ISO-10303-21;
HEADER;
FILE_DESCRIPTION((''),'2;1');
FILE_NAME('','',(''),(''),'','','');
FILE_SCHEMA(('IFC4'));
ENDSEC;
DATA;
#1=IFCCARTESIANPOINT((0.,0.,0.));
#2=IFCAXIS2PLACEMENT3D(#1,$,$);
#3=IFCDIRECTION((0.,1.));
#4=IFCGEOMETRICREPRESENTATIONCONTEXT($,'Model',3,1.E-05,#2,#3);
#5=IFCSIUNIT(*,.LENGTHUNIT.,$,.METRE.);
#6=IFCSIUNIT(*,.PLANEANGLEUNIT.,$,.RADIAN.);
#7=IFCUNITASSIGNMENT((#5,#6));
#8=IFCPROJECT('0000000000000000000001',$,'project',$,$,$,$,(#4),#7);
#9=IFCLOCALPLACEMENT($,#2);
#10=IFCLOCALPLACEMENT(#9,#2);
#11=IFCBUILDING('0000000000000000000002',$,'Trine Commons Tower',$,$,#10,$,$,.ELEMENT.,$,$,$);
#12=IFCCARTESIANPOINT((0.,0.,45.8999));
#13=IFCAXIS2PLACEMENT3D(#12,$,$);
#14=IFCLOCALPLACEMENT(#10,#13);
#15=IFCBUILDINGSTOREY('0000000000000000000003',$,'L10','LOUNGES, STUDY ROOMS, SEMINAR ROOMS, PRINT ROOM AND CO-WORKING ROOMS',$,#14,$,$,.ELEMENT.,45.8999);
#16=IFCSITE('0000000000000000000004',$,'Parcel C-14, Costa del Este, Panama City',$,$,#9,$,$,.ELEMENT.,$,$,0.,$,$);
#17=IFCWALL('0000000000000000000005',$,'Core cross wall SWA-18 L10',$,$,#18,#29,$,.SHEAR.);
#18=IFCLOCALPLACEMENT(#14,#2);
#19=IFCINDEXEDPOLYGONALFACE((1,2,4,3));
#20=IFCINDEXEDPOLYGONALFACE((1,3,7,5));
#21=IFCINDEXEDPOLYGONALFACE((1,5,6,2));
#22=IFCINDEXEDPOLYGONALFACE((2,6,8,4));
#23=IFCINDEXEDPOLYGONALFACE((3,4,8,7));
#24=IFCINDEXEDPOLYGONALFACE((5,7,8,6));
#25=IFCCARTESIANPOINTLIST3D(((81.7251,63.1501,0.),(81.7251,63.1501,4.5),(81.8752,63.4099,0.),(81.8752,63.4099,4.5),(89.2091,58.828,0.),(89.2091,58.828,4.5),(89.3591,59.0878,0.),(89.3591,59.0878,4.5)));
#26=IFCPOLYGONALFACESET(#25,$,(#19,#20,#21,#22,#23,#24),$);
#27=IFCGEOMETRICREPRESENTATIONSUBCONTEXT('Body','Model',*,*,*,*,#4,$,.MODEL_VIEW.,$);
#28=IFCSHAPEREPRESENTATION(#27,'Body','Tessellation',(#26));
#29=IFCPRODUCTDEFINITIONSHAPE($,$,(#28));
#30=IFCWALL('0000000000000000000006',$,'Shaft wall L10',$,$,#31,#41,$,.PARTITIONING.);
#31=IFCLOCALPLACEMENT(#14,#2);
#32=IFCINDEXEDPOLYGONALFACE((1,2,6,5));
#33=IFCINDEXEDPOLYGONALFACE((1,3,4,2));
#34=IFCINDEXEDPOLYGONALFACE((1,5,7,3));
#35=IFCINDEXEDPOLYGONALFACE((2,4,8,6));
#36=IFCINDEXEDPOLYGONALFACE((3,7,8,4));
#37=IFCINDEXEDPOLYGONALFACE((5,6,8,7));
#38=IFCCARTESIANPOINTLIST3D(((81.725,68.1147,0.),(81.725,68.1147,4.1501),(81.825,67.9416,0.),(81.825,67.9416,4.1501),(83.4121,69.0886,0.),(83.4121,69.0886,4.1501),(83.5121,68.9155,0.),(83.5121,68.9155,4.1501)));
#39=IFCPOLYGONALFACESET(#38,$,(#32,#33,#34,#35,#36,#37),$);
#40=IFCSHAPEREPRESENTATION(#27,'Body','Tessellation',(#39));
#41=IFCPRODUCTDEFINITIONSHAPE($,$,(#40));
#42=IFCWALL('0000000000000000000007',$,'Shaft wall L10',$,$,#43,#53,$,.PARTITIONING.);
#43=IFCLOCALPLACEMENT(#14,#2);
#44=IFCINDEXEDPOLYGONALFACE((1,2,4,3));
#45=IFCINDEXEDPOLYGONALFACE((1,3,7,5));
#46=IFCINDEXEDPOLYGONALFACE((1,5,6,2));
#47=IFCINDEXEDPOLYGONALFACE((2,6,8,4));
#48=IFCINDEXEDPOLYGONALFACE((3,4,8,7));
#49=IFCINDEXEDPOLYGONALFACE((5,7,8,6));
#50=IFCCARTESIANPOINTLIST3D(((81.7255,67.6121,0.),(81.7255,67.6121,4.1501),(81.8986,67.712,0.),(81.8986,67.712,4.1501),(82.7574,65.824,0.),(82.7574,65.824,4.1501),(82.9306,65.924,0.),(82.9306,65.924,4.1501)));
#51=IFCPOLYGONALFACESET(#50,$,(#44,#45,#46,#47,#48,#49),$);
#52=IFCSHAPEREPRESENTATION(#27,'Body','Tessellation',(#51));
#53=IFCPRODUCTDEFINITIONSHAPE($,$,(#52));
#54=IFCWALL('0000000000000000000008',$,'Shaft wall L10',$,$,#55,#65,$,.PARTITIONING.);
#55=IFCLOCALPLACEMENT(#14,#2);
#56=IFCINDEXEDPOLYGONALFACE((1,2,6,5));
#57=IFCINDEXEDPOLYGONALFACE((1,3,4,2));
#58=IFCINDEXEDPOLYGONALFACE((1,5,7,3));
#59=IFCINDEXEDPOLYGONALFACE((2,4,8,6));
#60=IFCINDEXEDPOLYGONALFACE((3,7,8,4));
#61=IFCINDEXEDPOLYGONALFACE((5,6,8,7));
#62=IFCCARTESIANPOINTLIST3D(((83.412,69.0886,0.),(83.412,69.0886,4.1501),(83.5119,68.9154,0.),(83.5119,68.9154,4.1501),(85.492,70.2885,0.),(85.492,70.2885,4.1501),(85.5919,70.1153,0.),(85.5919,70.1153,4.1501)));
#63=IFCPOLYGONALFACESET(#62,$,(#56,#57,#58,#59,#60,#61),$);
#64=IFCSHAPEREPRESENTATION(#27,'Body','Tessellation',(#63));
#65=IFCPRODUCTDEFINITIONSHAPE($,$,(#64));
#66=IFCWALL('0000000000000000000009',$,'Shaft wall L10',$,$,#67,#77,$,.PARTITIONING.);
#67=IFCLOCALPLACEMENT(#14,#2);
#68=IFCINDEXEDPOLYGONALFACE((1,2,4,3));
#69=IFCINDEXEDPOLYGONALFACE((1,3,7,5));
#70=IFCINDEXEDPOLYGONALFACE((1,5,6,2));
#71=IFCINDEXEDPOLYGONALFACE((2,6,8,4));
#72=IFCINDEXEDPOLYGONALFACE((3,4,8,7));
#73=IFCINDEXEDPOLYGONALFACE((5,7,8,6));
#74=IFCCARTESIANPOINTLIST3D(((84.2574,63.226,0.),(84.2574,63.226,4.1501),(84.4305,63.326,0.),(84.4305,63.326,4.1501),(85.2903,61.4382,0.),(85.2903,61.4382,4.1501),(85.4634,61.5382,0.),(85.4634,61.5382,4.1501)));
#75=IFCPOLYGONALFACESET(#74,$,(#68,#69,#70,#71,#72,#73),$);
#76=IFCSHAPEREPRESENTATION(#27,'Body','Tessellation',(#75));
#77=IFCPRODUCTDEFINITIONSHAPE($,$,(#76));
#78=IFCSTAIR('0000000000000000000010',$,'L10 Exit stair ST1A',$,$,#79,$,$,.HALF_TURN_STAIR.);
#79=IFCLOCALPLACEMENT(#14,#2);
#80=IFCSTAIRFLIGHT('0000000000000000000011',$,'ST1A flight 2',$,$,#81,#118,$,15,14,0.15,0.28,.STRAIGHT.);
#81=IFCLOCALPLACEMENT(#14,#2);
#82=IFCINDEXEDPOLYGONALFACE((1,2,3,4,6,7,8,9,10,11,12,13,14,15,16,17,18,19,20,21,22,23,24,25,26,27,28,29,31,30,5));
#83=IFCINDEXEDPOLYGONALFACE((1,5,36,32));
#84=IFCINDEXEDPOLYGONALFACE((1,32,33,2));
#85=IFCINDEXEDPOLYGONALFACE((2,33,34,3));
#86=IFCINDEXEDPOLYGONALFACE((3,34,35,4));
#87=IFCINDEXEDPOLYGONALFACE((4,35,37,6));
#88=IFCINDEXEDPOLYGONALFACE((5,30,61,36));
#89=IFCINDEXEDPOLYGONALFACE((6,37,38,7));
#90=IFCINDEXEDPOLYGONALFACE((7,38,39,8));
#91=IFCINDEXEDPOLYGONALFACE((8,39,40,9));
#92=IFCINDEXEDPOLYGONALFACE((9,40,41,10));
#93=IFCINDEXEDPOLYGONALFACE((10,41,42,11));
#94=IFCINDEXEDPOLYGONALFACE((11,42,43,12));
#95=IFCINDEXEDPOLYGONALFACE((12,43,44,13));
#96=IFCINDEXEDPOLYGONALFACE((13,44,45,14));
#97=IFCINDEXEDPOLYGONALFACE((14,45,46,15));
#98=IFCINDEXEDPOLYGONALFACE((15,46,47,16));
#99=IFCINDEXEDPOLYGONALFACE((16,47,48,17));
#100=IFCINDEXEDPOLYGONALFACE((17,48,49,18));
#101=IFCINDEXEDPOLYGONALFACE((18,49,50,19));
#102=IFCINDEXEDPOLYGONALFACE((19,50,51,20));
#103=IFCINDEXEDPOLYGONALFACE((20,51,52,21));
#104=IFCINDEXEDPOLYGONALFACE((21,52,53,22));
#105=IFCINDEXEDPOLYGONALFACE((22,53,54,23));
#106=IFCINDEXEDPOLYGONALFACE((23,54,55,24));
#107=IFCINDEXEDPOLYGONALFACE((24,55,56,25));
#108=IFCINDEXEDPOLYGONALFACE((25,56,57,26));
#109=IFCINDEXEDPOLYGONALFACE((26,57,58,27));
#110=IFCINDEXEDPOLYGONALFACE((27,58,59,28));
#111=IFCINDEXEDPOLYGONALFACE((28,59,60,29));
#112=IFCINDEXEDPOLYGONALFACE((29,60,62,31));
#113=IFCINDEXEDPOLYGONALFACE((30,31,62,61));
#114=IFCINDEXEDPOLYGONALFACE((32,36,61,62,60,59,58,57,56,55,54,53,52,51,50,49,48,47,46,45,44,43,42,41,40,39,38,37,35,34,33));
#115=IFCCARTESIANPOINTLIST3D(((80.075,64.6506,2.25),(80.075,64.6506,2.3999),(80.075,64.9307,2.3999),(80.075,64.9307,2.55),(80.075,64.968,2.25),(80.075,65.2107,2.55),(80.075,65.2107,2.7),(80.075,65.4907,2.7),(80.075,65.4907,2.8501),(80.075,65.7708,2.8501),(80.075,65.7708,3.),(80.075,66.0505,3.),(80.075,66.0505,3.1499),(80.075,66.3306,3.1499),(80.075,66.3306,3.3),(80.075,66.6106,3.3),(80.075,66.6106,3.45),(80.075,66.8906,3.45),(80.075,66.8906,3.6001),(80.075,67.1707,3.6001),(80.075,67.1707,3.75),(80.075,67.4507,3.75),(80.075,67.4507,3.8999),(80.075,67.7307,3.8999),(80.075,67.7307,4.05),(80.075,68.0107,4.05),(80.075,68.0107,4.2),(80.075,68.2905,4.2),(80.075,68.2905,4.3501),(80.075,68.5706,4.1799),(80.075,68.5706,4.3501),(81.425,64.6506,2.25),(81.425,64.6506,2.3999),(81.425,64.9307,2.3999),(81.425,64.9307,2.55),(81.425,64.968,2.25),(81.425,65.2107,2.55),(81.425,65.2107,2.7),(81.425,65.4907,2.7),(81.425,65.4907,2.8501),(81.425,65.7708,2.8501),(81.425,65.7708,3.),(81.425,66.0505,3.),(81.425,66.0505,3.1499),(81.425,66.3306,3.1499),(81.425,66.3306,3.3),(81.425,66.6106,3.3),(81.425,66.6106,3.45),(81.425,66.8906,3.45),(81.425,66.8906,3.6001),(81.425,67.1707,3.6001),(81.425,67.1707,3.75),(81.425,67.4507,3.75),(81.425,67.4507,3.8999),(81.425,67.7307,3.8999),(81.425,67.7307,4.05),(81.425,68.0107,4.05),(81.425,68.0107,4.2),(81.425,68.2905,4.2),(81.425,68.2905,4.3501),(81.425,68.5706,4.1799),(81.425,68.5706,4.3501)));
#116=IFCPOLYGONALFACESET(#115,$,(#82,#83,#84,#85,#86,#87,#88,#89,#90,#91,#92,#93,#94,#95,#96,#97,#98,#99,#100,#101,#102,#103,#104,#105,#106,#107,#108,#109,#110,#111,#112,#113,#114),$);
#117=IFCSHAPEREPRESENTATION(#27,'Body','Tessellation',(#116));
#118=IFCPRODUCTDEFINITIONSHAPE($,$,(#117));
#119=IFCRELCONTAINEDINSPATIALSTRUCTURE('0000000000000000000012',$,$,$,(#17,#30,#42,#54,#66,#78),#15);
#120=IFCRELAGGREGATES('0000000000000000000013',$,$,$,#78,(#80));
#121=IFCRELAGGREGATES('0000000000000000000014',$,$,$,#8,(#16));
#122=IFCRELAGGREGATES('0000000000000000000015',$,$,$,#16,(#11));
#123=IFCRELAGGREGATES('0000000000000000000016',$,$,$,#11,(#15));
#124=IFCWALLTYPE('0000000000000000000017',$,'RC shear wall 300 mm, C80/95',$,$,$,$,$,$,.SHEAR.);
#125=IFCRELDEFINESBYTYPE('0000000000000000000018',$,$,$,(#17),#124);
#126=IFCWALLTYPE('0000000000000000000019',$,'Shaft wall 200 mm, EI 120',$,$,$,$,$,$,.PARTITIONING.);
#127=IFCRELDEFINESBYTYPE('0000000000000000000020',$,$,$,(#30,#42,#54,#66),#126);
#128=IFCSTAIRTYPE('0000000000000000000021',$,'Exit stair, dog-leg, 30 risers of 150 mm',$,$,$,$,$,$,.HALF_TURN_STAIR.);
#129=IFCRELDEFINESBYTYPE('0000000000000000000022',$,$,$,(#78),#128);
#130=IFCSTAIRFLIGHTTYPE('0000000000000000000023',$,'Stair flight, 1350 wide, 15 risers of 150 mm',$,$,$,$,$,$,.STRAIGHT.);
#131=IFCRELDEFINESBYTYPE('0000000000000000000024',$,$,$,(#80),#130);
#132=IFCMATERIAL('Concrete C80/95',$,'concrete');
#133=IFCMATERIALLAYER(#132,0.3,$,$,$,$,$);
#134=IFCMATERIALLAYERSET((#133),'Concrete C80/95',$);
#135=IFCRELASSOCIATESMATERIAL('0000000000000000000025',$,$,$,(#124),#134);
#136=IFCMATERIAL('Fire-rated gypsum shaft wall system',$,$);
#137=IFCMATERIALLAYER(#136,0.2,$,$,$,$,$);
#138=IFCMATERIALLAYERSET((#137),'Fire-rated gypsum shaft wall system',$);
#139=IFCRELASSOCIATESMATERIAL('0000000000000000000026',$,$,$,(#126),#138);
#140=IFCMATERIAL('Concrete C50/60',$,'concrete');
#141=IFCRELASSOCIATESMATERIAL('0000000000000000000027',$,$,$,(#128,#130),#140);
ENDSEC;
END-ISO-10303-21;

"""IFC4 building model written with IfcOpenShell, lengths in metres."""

from ifc_helpers import new_model, si_unit, direction, frame, frame_2d, origin, place, context, subcontext, project, spatial, polyline, rectangle, outline, extrude, material, layer, layer_set, type_object, element, aggregate, save


model = new_model("IFC4")

# Units and contexts
model_context = context("Model", 3, precision=1e-05, world=origin(), true_north=direction((0.0, 1.0)))
body_context = subcontext(model_context, "Body", "Model", "MODEL_VIEW")
ifc_project = project(units=[si_unit("LENGTHUNIT", "METRE"), si_unit("PLANEANGLEUNIT", "RADIAN")], contexts=[model_context])

# Site, building, storey
site_placement = place(None, origin())
site = spatial("IfcSite", under=ifc_project, at=site_placement, Name="Parcel C-14, Costa del Este, Panama City", CompositionType="ELEMENT", RefElevation=0.0)
building_placement = place(site_placement, origin())
building = spatial("IfcBuilding", under=site, at=building_placement, Name="Trine Commons Tower", CompositionType="ELEMENT")
storey_placement = place(building_placement, frame((0.0, 0.0, 45.8999)))
storey = spatial("IfcBuildingStorey", under=building, at=storey_placement, Name="L10", Description="LOUNGES, STUDY ROOMS, SEMINAR ROOMS, PRINT ROOM AND CO-WORKING ROOMS", CompositionType="ELEMENT", Elevation=45.8999)

# Shared definitions
ifc_material_1 = material(Name="Fire-rated gypsum shaft wall system")
ifc_material_2 = material(Name="Concrete C80/95", Category="concrete")
ifc_layer_1 = layer(ifc_material_2, 0.3)
ifc_layer_set_1 = layer_set([ifc_layer_1], Name="Concrete C80/95")
wall_type_1 = type_object("IfcWallType", Name="RC shear wall 300 mm, C80/95", PredefinedType="SHEAR", material=ifc_layer_set_1)

# Walls
wall_1_placement = place(storey_placement, frame((81.8, 63.28, 0.0), z_axis=(0.0, 0.0, 1.0), x_axis=(0.865965, -0.500104, 0.0)))
element("IfcWall", 1, at=wall_1_placement, inside=storey, type_object=wall_type_1, Name="Core cross wall SWA-18 L10", PredefinedType="SHEAR", context=body_context, shape_type="SweptSolid", body=[
    extrude(rectangle(XDim=8.6423, YDim=0.3, at=frame_2d((4.3213, 0.0))), origin(), (0.0, 0.0, 1.0), 4.5),
])
ifc_layer_2 = layer(ifc_material_1, 0.2)
ifc_layer_set_2 = layer_set([ifc_layer_2], Name="Fire-rated gypsum shaft wall system")
wall_type_2 = type_object("IfcWallType", Name="Shaft wall 200 mm, EI 120", PredefinedType="PARTITIONING", material=ifc_layer_set_2)
wall_2_placement = place(storey_placement, frame((81.7749, 68.0281, 0.0), z_axis=(0.0, 0.0, 1.0), x_axis=(0.866052, 0.499954, 0.0)))
element("IfcWall", 2, at=wall_2_placement, inside=storey, type_object=wall_type_2, Name="Shaft wall L10", PredefinedType="PARTITIONING", context=body_context, shape_type="SweptSolid", body=[
    extrude(rectangle(XDim=1.948, YDim=0.2, at=frame_2d((0.9741, 0.0))), origin(), (0.0, 0.0, 1.0), 4.1501),
])
wall_3_placement = place(storey_placement, frame((82.844, 65.874, 0.0), z_axis=(0.0, 0.0, 1.0), x_axis=(-0.499866, 0.866103, 0.0)))
element("IfcWall", 3, at=wall_3_placement, inside=storey, type_object=wall_type_2, Name="Shaft wall L10", PredefinedType="PARTITIONING", context=body_context, shape_type="SweptSolid", body=[
    extrude(rectangle(XDim=2.0645, YDim=0.2, at=frame_2d((1.0322, 0.0))), origin(), (0.0, 0.0, 1.0), 4.1501),
])
wall_4_placement = place(storey_placement, frame((83.4619, 69.002, 0.0), z_axis=(0.0, 0.0, 1.0), x_axis=(0.866203, 0.499693, 0.0)))
element("IfcWall", 4, at=wall_4_placement, inside=storey, type_object=wall_type_2, Name="Shaft wall L10", PredefinedType="PARTITIONING", context=body_context, shape_type="SweptSolid", body=[
    extrude(rectangle(XDim=2.4014, YDim=0.2, at=frame_2d((1.2007, 0.0))), origin(), (0.0, 0.0, 1.0), 4.1501),
])
wall_5_placement = place(storey_placement, frame((84.344, 63.2759, 0.0), z_axis=(0.0, 0.0, 1.0), x_axis=(0.500272, -0.865868, 0.0)))
element("IfcWall", 5, at=wall_5_placement, inside=storey, type_object=wall_type_2, Name="Shaft wall L10", PredefinedType="PARTITIONING", context=body_context, shape_type="SweptSolid", body=[
    extrude(rectangle(XDim=2.0647, YDim=0.2, at=frame_2d((1.0322, 0.0))), origin(), (0.0, 0.0, 1.0), 4.1501),
])

# Stair, stair flight
ifc_material_3 = material(Name="Concrete C50/60", Category="concrete")
stair_type = type_object("IfcStairType", Name="Exit stair, dog-leg, 30 risers of 150 mm", PredefinedType="HALF_TURN_STAIR", material=ifc_material_3)
stair_placement = place(storey_placement, origin())
stair = element("IfcStair", 6, at=stair_placement, inside=storey, type_object=stair_type, Name="L10 Exit stair ST1A", PredefinedType="HALF_TURN_STAIR")
stair_flight_type = type_object("IfcStairFlightType", Name="Stair flight, 1350 wide, 15 risers of 150 mm", PredefinedType="STRAIGHT", material=ifc_material_3)
stair_flight_placement = place(storey_placement, frame((80.75, 64.6506, 2.25), z_axis=(0.0, 0.0, 1.0), x_axis=(0.0, 1.0, 0.0)))
stair_flight = element("IfcStairFlight", 7, at=stair_flight_placement, type_object=stair_flight_type, Name="ST1A flight 2", NumberOfRisers=15, NumberOfTreads=14, PredefinedType="STRAIGHT", RiserHeight=0.15, TreadLength=0.28, context=body_context, shape_type="SweptSolid", body=[
    extrude(outline(polyline([(0.0, 0.0), (0.0, 0.1499), (0.28, 0.1499), (0.28, 0.3), (0.5601, 0.3), (0.5601, 0.45), (0.8401, 0.45), (0.8401, 0.6001), (1.1201, 0.6001), (1.1201, 0.75), (1.3999, 0.75), (1.3999, 0.8999), (1.6799, 0.8999), (1.6799, 1.05), (1.96, 1.05), (1.96, 1.2), (2.24, 1.2), (2.24, 1.3501), (2.52, 1.3501), (2.52, 1.5), (2.8, 1.5), (2.8, 1.6499), (3.0801, 1.6499), (3.0801, 1.8), (3.3601, 1.8), (3.3601, 1.95), (3.6399, 1.95), (3.6399, 2.1001), (3.9199, 2.1001), (3.9199, 2.25), (3.9199, 1.9299), (0.3174, 0.0), (0.0, 0.0)])), frame((0.0, 0.675, 0.0), z_axis=(0.0, -1.0, 0.0), x_axis=(1.0, 0.0, 0.0)), (0.0, 0.0, 1.0), 1.3501),
])
aggregate(stair, [stair_flight])

save(model, "model.ifc")
